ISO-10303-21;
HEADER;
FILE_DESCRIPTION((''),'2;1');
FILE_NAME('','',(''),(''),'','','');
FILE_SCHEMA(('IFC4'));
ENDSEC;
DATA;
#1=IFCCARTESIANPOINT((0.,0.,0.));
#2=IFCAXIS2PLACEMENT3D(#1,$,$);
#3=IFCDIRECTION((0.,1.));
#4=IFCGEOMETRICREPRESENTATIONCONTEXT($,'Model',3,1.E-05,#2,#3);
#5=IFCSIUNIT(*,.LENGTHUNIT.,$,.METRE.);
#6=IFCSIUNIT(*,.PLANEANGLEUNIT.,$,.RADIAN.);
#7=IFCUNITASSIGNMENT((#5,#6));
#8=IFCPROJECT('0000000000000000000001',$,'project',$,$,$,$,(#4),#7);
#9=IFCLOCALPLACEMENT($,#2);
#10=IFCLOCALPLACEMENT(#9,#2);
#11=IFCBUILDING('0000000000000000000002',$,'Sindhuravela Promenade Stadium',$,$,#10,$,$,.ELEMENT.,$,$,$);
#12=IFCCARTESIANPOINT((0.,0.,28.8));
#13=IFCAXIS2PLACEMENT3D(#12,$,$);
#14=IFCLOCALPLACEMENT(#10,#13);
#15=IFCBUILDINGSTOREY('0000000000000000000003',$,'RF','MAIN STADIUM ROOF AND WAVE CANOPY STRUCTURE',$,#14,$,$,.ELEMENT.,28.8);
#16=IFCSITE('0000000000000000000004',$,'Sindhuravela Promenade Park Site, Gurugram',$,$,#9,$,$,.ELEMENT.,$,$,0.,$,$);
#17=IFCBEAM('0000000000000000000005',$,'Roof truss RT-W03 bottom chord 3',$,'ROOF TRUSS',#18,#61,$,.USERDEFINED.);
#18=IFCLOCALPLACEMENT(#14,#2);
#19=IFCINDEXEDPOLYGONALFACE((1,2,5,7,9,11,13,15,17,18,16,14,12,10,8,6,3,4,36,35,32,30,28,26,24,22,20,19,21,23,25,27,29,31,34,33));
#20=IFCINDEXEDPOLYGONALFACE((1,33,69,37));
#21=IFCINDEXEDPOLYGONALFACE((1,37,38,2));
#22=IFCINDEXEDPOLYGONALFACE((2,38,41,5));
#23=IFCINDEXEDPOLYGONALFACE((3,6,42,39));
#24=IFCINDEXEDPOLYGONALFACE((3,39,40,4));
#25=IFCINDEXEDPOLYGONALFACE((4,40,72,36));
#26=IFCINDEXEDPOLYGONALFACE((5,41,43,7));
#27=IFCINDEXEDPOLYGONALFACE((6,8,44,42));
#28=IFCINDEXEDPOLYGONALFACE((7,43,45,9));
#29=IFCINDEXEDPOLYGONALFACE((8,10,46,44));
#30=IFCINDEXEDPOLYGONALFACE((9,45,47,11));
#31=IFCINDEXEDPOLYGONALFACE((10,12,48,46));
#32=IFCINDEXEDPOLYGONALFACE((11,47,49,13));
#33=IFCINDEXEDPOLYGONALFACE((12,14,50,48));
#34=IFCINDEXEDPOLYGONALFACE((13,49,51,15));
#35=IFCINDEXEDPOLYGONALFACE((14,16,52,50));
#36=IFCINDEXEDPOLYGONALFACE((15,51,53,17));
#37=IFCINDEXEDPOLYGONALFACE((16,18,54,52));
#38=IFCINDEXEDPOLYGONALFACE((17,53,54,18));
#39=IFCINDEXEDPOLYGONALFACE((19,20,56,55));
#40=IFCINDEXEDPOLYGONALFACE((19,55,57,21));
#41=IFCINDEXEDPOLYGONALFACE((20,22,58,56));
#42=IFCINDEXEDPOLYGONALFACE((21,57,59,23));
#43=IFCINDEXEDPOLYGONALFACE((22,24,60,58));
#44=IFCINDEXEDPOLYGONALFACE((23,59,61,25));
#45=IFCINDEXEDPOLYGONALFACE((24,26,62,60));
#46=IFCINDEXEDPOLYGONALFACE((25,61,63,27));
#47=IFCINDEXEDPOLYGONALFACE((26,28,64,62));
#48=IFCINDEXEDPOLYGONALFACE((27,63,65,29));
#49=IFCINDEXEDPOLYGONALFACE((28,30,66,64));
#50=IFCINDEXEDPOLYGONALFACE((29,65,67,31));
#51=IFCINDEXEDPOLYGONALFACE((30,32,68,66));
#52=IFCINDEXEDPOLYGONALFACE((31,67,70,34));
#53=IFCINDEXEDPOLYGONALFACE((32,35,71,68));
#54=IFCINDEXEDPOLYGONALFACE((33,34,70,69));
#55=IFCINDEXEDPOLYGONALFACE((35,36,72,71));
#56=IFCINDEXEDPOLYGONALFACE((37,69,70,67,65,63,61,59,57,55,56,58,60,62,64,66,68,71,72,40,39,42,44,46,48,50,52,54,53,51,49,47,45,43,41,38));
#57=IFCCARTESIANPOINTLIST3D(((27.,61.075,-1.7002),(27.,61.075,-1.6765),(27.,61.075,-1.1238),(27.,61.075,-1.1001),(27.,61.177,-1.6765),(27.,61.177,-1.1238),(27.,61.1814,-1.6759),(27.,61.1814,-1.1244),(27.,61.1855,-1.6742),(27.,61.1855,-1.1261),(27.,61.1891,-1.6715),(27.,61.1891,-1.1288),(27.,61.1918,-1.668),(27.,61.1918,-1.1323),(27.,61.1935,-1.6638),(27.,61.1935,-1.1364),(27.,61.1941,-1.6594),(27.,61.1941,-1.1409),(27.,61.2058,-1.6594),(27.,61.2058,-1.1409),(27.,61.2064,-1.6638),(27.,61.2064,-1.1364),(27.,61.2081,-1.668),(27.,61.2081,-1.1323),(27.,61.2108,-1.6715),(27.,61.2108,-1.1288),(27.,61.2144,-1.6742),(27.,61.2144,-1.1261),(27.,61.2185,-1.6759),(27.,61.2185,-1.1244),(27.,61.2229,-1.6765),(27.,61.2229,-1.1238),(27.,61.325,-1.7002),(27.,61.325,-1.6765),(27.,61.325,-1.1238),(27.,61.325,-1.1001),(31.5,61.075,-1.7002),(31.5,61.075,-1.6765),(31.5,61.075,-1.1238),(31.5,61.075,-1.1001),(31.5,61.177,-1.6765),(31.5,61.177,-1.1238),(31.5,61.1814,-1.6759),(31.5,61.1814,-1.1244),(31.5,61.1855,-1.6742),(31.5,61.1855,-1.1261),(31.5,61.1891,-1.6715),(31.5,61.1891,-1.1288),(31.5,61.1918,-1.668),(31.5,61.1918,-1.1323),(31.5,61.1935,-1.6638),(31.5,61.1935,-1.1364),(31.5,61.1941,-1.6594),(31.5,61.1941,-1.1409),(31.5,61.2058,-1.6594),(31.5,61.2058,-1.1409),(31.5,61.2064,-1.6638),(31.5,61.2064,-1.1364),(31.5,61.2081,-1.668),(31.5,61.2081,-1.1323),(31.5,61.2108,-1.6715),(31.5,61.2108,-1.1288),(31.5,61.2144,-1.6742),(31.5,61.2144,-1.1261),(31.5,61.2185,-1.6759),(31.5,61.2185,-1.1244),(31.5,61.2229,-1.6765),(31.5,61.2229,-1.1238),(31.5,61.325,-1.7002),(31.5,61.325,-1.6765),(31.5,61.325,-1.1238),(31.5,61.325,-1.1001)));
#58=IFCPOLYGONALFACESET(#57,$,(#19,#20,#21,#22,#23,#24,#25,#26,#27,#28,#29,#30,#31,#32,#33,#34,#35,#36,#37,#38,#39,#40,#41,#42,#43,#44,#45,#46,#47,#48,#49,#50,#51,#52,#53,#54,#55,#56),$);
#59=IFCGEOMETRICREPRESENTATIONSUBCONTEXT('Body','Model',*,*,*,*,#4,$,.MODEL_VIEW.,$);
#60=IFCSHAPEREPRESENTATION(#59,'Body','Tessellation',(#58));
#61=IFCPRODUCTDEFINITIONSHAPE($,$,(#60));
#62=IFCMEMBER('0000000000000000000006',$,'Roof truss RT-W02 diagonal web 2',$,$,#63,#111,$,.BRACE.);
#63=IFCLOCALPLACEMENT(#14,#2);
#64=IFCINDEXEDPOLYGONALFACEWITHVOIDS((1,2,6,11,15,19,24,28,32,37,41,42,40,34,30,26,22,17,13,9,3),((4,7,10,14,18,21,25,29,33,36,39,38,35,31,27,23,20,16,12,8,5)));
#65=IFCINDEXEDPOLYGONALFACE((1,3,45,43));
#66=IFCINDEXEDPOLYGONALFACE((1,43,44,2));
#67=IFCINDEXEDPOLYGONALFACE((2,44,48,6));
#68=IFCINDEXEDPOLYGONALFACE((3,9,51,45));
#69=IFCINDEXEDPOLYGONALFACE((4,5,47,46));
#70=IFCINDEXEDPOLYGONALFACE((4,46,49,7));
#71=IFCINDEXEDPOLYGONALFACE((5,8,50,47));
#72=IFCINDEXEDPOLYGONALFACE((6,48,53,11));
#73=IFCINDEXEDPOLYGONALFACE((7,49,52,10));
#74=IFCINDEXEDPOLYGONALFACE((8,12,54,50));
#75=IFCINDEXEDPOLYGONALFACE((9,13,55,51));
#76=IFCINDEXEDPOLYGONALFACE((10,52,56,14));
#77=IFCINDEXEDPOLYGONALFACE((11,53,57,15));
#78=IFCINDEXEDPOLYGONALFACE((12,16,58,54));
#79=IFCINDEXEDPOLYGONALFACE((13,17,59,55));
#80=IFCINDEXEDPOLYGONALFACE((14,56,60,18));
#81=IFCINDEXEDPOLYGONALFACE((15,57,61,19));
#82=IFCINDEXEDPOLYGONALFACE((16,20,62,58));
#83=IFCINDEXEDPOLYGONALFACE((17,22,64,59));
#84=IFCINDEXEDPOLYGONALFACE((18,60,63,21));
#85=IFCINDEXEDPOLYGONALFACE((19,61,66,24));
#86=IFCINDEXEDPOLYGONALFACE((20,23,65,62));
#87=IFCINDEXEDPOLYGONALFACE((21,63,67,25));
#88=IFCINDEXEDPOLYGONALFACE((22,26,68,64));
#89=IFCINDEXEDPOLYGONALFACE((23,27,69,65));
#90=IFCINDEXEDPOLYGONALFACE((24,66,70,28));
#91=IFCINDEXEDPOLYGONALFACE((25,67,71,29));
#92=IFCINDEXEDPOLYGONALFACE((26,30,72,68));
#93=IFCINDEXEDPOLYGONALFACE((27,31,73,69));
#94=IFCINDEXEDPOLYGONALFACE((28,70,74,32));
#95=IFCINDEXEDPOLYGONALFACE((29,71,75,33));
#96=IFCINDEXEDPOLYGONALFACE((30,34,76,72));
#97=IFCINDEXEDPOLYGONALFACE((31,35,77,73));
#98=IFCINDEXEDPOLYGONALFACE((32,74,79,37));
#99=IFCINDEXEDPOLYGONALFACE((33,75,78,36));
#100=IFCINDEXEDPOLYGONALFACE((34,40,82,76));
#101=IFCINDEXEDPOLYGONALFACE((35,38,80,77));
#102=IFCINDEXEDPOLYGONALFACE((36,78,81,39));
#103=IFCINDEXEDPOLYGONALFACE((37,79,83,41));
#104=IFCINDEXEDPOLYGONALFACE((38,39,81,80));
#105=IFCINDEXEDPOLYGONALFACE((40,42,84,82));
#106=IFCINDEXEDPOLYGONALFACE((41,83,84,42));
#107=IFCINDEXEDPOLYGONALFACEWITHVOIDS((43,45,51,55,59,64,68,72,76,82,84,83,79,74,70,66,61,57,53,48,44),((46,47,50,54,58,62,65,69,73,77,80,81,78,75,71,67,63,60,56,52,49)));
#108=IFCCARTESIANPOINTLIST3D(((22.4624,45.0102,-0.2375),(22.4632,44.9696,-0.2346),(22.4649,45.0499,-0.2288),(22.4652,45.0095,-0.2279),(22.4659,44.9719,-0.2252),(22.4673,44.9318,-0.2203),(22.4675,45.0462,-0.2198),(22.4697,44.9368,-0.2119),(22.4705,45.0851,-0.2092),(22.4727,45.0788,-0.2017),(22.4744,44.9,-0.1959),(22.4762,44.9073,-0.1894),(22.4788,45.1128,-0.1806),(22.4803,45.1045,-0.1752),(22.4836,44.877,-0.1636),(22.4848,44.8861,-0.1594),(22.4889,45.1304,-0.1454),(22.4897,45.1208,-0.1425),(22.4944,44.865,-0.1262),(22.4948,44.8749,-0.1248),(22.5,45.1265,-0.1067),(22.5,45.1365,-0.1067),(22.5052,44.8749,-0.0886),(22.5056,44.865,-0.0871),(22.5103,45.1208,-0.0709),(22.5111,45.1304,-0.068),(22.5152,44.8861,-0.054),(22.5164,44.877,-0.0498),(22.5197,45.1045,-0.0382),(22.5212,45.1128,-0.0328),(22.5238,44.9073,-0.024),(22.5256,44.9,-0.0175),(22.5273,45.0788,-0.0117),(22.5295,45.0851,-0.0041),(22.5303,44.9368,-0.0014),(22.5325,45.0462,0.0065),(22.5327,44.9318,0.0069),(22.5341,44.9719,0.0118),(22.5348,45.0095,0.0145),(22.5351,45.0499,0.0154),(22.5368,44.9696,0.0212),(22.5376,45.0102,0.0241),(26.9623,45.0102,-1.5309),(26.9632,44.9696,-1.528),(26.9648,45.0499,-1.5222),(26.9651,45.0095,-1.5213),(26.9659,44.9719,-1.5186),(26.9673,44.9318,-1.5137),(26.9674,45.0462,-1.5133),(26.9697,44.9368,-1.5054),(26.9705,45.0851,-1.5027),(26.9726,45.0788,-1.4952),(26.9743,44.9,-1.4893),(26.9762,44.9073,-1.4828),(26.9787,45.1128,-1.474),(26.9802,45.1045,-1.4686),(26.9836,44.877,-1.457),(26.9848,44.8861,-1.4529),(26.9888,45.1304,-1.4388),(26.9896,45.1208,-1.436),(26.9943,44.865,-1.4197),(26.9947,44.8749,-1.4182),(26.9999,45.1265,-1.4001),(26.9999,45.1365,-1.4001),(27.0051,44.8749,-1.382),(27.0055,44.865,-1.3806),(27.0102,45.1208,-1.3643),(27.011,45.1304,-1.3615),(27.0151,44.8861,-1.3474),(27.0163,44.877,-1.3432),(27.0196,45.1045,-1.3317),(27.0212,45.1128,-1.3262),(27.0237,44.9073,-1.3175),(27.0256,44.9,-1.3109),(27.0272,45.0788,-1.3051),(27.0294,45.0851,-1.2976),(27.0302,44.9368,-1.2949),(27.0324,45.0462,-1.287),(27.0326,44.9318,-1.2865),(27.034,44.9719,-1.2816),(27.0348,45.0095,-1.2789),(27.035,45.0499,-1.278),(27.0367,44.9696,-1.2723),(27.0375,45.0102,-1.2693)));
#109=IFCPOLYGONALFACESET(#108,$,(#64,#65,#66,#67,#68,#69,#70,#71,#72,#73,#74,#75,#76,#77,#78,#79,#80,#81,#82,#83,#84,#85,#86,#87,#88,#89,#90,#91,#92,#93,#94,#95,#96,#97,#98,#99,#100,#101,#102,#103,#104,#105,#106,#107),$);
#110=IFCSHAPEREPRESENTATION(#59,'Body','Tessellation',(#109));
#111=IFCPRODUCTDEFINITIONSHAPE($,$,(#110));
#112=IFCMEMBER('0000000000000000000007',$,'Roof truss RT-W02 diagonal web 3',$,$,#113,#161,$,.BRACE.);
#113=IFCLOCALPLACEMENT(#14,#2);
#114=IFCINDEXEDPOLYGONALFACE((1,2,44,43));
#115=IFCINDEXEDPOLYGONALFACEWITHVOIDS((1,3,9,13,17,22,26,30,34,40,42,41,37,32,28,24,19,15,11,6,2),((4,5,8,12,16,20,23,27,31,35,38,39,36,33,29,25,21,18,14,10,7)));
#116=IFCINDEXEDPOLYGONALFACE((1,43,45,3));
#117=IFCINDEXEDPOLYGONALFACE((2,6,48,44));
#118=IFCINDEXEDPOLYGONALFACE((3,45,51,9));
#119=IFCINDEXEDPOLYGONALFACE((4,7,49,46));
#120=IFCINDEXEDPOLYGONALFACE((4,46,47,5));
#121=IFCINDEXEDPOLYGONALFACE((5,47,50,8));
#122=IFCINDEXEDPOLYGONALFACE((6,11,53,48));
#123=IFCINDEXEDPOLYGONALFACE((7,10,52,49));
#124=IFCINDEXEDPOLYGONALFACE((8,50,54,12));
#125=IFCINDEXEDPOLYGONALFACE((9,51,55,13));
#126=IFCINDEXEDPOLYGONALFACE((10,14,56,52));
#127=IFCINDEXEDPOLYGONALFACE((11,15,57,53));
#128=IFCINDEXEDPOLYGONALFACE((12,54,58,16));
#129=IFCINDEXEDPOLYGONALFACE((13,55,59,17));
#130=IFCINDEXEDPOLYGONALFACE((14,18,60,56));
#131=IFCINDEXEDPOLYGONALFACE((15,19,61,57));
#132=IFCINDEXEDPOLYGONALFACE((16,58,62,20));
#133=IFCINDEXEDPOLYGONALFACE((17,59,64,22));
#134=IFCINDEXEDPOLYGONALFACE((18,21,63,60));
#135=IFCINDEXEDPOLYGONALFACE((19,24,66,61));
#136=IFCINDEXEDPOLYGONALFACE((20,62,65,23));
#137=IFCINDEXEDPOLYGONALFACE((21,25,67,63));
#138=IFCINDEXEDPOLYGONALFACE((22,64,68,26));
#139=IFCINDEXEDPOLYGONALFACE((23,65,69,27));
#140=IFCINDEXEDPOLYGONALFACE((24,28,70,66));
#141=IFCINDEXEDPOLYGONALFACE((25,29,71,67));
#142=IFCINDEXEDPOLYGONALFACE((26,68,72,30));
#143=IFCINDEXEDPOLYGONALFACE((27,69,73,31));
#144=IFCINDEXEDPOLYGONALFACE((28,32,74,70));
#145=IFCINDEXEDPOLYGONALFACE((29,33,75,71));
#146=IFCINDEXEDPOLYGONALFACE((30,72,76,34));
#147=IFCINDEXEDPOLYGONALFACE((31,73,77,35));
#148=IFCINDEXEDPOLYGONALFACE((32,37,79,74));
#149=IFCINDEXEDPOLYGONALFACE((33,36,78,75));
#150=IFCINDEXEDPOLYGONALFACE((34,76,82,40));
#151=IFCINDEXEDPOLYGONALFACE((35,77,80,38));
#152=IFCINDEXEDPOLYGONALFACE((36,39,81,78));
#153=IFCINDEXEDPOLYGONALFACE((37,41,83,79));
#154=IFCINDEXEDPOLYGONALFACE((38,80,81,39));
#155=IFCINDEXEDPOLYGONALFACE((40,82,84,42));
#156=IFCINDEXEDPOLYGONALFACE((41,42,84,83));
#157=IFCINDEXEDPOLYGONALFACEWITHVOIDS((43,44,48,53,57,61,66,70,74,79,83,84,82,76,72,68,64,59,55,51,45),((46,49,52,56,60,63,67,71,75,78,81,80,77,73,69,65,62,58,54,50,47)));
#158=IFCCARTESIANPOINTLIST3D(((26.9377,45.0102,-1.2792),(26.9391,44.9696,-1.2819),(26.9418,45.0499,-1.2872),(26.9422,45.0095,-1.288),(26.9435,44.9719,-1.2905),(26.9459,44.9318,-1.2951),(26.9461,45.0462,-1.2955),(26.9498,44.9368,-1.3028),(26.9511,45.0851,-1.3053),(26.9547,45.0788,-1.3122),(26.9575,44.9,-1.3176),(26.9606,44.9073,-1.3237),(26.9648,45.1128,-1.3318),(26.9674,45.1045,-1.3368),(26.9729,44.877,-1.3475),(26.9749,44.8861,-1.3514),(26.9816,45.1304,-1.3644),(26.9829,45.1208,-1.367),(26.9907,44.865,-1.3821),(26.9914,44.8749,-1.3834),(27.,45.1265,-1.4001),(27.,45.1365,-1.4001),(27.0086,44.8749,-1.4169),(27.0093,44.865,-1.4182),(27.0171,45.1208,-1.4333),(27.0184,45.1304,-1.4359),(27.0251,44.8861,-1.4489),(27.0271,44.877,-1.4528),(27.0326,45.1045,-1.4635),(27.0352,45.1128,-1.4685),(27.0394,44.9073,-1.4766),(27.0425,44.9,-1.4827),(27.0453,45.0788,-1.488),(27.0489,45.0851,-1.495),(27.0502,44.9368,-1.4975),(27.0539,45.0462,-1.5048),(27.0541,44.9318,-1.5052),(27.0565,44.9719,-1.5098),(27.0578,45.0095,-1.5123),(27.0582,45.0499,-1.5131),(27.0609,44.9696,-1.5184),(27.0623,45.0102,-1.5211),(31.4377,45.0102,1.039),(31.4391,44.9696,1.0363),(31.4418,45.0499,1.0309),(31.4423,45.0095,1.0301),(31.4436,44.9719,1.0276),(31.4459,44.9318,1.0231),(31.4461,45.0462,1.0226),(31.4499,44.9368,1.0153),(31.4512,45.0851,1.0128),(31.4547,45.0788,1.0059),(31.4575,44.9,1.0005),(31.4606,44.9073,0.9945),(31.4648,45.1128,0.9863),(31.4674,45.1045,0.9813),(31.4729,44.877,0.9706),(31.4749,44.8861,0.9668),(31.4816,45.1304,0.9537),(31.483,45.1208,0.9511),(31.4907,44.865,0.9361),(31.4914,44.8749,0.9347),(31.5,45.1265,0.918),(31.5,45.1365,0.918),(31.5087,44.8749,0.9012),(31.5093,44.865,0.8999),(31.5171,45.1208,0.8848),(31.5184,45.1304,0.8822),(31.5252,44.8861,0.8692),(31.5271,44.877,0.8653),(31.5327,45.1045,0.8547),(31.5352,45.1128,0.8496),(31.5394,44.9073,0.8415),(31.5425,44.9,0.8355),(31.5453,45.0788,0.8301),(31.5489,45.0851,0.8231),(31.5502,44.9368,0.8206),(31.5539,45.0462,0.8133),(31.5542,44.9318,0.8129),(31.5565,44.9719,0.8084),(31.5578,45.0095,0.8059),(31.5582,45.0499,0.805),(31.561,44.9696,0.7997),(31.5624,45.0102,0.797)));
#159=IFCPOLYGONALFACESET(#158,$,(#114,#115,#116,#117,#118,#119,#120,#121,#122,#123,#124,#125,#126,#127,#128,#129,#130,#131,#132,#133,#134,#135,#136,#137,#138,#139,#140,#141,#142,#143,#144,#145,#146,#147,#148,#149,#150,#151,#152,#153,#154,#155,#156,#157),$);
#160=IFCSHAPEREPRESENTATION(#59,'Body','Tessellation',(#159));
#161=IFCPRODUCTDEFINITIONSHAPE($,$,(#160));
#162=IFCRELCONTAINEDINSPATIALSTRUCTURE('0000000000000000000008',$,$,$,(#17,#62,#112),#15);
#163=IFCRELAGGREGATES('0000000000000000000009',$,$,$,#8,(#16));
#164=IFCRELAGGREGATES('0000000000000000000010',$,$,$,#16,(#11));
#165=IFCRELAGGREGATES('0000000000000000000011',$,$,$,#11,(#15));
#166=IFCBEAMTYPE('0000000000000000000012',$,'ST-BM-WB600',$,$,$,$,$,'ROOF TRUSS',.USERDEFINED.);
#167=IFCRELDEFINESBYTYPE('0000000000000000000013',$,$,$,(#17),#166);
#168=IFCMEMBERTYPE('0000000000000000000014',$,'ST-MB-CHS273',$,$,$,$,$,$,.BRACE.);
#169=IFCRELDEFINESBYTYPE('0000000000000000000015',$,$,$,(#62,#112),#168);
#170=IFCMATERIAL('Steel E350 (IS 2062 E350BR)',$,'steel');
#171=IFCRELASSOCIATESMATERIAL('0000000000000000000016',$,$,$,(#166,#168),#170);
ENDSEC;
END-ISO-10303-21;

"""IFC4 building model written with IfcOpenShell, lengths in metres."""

from ifc_helpers import new_model, si_unit, direction, frame, origin, origin_2d, place, context, subcontext, project, spatial, hollow_circle, i_section, extrude, material, material_profile, profile_set, type_object, element, save


model = new_model("IFC4")

# Units and contexts
model_context = context("Model", 3, precision=1e-05, world=origin(), true_north=direction((0.0, 1.0)))
body_context = subcontext(model_context, "Body", "Model", "MODEL_VIEW")
ifc_project = project(units=[si_unit("LENGTHUNIT", "METRE"), si_unit("PLANEANGLEUNIT", "RADIAN")], contexts=[model_context])

# Site, building, storey
site_placement = place(None, origin())
site = spatial("IfcSite", under=ifc_project, at=site_placement, Name="Sindhuravela Promenade Park Site, Gurugram", CompositionType="ELEMENT", RefElevation=0.0)
building_placement = place(site_placement, origin())
building = spatial("IfcBuilding", under=site, at=building_placement, Name="Sindhuravela Promenade Stadium", CompositionType="ELEMENT")
storey_placement = place(building_placement, frame((0.0, 0.0, 28.8)))
storey = spatial("IfcBuildingStorey", under=building, at=storey_placement, Name="RF", Description="MAIN STADIUM ROOF AND WAVE CANOPY STRUCTURE", CompositionType="ELEMENT", Elevation=28.8)

# Beam
ifc_material_1 = material(Name="Steel E350 (IS 2062 E350BR)", Category="steel")
ifc_material_profile_1 = material_profile(ifc_material_1, i_section(OverallWidth=0.25, OverallDepth=0.6001, WebThickness=0.0117, FlangeThickness=0.0237, FilletRadius=0.0171, at=origin_2d()), Name="ISWB 600")
ifc_profile_set_1 = profile_set([ifc_material_profile_1], Name="Steel E350 (IS 2062 E350BR)")
beam_type_1 = type_object("IfcBeamType", Name="ST-BM-WB600", ElementType="ROOF TRUSS", PredefinedType="USERDEFINED", material=ifc_profile_set_1)
beam_1_placement = place(storey_placement, frame((27.0, 61.2, -1.4001), z_axis=(1.0, 0.0, 0.0), x_axis=(0.0, 1.0, 0.0)))
element("IfcBeam", 1, at=beam_1_placement, inside=storey, type_object=beam_type_1, Name="Roof truss RT-W03 bottom chord 3", ObjectType="ROOF TRUSS", PredefinedType="USERDEFINED", context=body_context, shape_type="SweptSolid", body=[
    extrude(i_section(OverallWidth=0.25, OverallDepth=0.6001, WebThickness=0.0117, FlangeThickness=0.0237, FilletRadius=0.0171, at=origin_2d()), origin(), (0.0, 0.0, 1.0), 4.5),
])

# Members
ifc_material_profile_2 = material_profile(ifc_material_1, hollow_circle(Radius=0.1365, WallThickness=0.01, at=origin_2d()), Name="CHS 273.0x10")
ifc_profile_set_2 = profile_set([ifc_material_profile_2], Name="Steel E350 (IS 2062 E350BR)")
member_type_1 = type_object("IfcMemberType", Name="ST-MB-CHS273", PredefinedType="BRACE", material=ifc_profile_set_2)
member_1_placement = place(storey_placement, frame((22.5, 45.0, -0.1067), z_axis=(0.961086, 0.0, -0.27625), x_axis=(0.0, 1.0, 0.0)))
element("IfcMember", 2, at=member_1_placement, inside=storey, type_object=member_type_1, Name="Roof truss RT-W02 diagonal web 2", PredefinedType="BRACE", context=body_context, shape_type="SweptSolid", body=[
    extrude(hollow_circle(Radius=0.1365, WallThickness=0.01, at=origin_2d()), origin(), (0.0, 0.0, 1.0), 4.6821),
])
for number, where, z_axis, x_axis, name in (
    (3, (27.0, 45.0, -1.4001), (0.88898, 0.0, 0.457946), (0.0, 1.0, 0.0), "Roof truss RT-W02 diagonal web 3"),
):
    element("IfcMember", number, at=place(storey_placement, frame(where, z_axis=z_axis, x_axis=x_axis)), inside=storey, type_object=member_type_1, Name=name, PredefinedType="BRACE", context=body_context, shape_type="SweptSolid", body=[
        extrude(hollow_circle(Radius=0.1365, WallThickness=0.01, at=origin_2d()), origin(), (0.0, 0.0, 1.0), 5.062),
    ])

save(model, "model.ifc")
